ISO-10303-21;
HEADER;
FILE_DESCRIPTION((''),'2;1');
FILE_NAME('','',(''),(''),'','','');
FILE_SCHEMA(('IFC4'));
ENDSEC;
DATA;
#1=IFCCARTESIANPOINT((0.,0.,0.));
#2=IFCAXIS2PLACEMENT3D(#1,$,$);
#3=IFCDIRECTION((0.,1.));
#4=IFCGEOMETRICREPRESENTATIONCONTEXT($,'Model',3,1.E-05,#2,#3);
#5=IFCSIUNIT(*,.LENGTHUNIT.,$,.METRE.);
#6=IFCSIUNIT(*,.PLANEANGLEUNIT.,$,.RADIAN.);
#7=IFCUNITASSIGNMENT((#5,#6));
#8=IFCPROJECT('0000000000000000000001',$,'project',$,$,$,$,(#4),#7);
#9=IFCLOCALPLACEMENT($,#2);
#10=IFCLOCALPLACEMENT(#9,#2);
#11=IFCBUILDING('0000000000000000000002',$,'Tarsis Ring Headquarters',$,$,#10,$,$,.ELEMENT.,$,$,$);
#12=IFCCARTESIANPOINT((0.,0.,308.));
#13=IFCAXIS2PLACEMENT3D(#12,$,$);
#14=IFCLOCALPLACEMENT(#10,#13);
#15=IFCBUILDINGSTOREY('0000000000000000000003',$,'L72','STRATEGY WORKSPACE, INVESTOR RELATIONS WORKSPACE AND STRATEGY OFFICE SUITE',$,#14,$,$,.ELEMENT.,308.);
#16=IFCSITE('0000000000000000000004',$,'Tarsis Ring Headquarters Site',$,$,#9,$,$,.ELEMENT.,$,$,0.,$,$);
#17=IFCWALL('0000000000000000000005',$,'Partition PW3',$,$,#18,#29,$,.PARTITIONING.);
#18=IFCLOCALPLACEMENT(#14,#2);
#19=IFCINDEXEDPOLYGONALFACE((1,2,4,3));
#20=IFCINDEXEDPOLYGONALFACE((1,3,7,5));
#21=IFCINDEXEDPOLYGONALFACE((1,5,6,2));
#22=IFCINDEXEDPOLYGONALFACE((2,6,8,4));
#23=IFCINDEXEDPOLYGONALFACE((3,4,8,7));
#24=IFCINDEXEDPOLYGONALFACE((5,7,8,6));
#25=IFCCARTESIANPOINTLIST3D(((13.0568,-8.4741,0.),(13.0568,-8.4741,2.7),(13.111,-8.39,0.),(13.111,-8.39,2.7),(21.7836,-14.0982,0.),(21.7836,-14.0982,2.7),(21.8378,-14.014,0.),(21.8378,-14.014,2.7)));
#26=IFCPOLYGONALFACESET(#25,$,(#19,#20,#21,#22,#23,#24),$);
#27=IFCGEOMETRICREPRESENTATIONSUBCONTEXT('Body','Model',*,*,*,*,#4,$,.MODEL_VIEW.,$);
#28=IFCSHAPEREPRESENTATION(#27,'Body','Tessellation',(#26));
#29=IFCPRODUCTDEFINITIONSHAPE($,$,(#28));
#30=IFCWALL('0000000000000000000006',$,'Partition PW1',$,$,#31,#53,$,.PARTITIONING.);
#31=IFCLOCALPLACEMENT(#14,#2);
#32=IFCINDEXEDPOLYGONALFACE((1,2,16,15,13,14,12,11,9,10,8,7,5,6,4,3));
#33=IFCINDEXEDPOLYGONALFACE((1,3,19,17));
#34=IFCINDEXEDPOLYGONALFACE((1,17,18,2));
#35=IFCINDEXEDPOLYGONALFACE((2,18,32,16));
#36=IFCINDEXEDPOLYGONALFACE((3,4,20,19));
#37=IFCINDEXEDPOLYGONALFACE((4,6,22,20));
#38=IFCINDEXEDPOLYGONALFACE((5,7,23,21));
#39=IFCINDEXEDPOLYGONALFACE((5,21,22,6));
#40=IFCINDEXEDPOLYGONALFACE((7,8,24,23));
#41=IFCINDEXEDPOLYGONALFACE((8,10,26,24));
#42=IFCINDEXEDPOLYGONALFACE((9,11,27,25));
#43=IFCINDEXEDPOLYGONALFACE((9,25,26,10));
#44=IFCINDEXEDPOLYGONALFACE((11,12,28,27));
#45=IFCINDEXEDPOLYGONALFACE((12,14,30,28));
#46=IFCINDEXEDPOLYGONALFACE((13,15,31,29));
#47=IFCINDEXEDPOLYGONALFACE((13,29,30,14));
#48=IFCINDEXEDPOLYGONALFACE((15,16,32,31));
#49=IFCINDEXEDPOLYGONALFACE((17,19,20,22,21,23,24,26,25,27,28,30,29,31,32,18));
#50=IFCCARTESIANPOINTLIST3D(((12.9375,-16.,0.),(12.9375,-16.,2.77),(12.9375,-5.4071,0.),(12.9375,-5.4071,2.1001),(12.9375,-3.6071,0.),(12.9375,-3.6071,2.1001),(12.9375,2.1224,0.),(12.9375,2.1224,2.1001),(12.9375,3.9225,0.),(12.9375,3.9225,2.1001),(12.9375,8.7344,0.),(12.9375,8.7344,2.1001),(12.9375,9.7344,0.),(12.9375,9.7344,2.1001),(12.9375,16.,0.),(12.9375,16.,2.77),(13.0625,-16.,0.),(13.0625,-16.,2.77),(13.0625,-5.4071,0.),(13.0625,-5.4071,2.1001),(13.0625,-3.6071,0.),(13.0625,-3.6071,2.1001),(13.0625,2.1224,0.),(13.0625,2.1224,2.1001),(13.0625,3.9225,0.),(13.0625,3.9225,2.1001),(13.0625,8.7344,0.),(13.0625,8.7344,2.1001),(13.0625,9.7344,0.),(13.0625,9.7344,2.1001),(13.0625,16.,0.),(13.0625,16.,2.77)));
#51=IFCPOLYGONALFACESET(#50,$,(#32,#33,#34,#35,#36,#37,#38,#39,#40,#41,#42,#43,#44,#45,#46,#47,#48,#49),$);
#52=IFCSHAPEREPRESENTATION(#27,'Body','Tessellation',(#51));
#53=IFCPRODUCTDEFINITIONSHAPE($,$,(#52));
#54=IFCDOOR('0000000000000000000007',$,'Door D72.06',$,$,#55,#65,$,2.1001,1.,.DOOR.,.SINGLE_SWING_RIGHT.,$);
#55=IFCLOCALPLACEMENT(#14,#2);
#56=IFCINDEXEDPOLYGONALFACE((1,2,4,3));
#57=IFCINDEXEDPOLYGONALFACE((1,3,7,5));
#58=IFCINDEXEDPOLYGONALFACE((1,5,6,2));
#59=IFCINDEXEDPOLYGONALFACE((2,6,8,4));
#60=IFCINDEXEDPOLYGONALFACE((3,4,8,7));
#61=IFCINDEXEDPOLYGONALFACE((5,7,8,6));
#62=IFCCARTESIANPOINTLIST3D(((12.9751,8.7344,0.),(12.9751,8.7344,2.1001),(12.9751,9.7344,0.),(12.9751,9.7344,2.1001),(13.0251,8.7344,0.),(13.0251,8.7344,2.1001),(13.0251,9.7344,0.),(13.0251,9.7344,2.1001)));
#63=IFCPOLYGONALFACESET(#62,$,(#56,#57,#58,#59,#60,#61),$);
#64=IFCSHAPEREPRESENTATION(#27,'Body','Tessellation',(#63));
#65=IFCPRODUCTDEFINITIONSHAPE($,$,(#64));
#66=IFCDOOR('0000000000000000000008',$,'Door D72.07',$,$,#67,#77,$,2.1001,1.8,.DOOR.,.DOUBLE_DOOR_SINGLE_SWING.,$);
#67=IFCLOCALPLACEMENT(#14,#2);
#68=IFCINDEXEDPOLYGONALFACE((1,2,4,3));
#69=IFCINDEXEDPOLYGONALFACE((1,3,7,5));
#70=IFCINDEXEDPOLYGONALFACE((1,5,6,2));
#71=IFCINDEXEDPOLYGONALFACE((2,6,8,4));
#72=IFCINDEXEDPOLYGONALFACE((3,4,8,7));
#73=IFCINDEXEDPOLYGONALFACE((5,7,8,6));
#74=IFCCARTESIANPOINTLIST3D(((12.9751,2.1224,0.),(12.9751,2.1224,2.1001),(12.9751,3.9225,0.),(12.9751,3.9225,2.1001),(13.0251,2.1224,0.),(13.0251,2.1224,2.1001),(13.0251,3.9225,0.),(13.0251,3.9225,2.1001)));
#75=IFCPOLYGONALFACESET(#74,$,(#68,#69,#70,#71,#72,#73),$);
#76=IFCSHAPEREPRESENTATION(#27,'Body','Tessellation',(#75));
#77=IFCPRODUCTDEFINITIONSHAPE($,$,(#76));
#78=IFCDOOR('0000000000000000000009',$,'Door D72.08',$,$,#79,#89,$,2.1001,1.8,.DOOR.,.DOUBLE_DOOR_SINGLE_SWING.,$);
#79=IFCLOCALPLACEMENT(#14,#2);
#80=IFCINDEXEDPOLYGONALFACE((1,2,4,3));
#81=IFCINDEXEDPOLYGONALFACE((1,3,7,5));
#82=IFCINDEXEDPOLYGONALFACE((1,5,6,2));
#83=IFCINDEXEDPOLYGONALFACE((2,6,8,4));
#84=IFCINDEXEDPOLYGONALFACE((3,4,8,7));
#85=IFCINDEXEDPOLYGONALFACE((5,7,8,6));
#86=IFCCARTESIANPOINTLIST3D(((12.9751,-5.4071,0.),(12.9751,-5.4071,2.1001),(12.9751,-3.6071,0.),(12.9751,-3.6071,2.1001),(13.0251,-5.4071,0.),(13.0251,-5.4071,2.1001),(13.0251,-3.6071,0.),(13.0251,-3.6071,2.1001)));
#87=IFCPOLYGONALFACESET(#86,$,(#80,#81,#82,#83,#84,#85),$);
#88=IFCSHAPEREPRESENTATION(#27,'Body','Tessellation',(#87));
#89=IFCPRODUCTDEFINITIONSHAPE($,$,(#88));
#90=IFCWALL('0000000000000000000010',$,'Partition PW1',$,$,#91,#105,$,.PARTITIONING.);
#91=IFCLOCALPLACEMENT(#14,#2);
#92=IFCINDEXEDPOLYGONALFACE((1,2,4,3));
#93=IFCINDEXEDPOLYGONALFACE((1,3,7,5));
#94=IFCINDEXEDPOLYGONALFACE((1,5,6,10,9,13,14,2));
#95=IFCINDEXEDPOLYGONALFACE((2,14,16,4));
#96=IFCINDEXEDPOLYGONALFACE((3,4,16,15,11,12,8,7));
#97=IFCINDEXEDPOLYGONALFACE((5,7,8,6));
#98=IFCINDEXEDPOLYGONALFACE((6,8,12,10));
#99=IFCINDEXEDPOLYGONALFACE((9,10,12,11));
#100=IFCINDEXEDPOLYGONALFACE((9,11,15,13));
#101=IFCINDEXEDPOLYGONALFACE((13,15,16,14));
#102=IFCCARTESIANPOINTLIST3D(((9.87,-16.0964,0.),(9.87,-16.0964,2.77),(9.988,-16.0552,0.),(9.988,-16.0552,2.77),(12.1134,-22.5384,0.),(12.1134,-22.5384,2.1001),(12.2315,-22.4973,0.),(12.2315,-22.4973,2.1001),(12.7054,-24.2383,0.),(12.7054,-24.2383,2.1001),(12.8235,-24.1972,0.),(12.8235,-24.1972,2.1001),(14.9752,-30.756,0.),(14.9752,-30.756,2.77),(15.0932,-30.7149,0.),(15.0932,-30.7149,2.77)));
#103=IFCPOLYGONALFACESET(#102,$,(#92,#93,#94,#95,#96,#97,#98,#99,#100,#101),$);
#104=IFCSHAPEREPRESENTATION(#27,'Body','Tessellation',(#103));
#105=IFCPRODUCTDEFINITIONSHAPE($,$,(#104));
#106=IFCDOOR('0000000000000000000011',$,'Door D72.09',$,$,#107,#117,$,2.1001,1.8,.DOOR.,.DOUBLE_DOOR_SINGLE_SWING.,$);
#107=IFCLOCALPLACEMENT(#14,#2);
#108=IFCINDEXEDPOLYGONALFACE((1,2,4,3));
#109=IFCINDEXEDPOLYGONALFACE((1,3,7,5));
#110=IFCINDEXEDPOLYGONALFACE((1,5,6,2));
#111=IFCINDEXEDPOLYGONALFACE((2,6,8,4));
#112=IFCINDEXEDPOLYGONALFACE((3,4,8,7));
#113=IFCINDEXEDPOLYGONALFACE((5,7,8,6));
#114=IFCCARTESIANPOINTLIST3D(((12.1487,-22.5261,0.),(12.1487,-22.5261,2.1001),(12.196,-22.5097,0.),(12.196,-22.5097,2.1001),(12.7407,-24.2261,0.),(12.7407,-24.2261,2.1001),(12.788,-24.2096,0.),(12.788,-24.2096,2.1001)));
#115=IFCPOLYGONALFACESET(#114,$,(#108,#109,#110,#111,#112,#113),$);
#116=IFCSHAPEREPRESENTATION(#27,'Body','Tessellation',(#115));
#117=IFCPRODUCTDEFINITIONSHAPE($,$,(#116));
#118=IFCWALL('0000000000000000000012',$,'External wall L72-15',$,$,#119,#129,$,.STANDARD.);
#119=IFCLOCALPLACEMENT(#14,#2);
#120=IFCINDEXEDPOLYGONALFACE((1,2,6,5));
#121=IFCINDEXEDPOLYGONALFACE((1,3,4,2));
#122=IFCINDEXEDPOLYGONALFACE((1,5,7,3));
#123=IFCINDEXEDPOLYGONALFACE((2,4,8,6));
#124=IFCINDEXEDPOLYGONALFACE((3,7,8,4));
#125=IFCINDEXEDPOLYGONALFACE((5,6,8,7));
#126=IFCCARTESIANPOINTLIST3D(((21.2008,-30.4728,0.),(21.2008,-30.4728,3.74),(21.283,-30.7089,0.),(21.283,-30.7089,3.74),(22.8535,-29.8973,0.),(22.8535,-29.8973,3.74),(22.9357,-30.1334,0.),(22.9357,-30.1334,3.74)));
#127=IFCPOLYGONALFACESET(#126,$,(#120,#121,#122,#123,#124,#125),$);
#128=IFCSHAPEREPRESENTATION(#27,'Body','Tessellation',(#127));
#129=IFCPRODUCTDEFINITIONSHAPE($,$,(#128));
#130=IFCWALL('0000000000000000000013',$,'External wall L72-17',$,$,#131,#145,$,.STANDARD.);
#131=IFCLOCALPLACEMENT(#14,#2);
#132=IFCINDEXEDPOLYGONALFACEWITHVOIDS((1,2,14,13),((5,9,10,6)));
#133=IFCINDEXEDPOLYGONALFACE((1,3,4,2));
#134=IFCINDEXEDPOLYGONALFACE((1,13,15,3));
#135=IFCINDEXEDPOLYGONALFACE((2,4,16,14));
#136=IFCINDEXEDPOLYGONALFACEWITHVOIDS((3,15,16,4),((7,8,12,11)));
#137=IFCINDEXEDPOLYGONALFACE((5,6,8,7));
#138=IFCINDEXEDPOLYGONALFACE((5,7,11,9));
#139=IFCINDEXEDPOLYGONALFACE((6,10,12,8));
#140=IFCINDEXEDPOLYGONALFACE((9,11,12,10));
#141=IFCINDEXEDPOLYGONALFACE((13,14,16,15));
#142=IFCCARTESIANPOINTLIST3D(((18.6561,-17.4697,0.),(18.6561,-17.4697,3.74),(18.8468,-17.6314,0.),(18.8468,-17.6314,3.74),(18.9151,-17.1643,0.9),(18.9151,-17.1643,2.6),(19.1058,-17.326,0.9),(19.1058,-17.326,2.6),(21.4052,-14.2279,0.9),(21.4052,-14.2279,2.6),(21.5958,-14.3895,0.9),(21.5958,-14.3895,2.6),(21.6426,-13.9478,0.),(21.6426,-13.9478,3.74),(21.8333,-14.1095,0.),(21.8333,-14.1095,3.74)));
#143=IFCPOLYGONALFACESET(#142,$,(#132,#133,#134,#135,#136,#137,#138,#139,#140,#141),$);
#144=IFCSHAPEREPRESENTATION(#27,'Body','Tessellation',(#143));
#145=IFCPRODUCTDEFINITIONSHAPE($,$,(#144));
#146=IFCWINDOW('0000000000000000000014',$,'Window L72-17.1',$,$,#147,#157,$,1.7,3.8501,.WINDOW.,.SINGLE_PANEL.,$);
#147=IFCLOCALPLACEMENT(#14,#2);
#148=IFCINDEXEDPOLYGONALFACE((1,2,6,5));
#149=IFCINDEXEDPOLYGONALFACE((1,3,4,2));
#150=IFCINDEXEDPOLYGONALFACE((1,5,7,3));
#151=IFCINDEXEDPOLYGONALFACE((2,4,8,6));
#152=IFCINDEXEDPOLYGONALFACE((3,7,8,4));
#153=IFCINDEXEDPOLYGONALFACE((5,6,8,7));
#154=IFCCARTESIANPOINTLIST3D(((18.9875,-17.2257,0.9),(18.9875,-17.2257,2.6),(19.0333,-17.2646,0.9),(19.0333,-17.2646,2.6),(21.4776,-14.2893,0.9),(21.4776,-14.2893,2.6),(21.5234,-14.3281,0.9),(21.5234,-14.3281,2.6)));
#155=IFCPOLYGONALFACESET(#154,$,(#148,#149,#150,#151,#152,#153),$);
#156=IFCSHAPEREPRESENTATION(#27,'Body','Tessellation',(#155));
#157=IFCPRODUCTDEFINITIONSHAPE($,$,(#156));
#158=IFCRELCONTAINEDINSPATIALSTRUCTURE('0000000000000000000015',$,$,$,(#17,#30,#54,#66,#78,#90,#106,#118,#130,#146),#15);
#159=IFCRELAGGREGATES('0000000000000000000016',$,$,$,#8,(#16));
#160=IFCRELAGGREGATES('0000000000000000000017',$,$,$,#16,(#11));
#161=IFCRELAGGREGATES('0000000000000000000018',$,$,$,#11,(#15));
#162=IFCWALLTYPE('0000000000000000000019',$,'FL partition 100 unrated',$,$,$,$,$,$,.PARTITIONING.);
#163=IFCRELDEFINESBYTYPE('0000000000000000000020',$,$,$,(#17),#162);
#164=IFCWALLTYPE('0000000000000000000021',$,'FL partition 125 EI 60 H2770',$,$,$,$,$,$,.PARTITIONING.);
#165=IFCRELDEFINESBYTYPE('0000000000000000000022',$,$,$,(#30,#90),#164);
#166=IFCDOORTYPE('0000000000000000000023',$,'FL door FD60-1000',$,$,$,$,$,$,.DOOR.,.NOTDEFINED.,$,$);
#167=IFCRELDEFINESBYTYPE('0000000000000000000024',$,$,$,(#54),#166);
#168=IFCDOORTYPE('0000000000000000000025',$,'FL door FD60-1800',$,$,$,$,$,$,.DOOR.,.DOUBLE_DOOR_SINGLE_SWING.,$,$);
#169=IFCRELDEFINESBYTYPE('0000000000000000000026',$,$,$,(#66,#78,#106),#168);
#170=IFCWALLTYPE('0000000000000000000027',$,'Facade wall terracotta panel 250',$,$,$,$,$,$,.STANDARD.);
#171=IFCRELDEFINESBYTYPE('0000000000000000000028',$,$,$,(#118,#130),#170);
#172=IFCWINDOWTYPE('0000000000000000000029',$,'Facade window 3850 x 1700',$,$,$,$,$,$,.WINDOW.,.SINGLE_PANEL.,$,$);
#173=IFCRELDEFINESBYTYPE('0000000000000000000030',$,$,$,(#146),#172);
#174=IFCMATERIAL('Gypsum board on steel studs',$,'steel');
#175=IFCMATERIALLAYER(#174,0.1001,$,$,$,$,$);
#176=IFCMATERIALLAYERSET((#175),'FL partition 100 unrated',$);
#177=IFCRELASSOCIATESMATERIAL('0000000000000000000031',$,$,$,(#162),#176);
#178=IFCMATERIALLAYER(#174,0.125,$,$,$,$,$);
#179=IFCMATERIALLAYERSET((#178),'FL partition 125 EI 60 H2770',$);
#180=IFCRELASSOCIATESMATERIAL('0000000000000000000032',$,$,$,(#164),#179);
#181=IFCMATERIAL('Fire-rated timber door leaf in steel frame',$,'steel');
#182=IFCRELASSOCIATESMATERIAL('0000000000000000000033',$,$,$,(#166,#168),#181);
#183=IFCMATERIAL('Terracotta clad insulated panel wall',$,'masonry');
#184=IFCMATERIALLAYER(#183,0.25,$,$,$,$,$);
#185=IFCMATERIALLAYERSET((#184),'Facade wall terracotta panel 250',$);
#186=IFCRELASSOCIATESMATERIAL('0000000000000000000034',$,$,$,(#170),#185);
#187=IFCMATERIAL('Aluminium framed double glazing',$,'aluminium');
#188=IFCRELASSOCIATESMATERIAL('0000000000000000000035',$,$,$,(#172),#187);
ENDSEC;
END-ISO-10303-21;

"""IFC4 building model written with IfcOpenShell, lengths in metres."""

from ifc_helpers import new_model, si_unit, direction, frame, frame_2d, origin, place, context, subcontext, project, spatial, rectangle, extrude, material, layer, layer_set, type_object, element, fill, save


model = new_model("IFC4")

# Units and contexts
model_context = context("Model", 3, precision=1e-05, world=origin(), true_north=direction((0.0, 1.0)))
body_context = subcontext(model_context, "Body", "Model", "MODEL_VIEW")
ifc_project = project(units=[si_unit("LENGTHUNIT", "METRE"), si_unit("PLANEANGLEUNIT", "RADIAN")], contexts=[model_context])

# Site, building, storey
site_placement = place(None, origin())
site = spatial("IfcSite", under=ifc_project, at=site_placement, Name="Tarsis Ring Headquarters Site", CompositionType="ELEMENT", RefElevation=0.0)
building_placement = place(site_placement, origin())
building = spatial("IfcBuilding", under=site, at=building_placement, Name="Tarsis Ring Headquarters", CompositionType="ELEMENT")
storey_placement = place(building_placement, frame((0.0, 0.0, 308.0)))
storey = spatial("IfcBuildingStorey", under=building, at=storey_placement, Name="L72", Description="STRATEGY WORKSPACE, INVESTOR RELATIONS WORKSPACE AND STRATEGY OFFICE SUITE", CompositionType="ELEMENT", Elevation=308.0)

# Wall
ifc_material_1 = material(Name="Gypsum board on steel studs", Category="steel")
ifc_layer_1 = layer(ifc_material_1, 0.1001)
ifc_layer_set_1 = layer_set([ifc_layer_1], Name="FL partition 100 unrated")
wall_type_1 = type_object("IfcWallType", Name="FL partition 100 unrated", PredefinedType="PARTITIONING", material=ifc_layer_set_1)
wall_1_placement = place(storey_placement, frame((13.084, -8.4321, 0.0), z_axis=(0.0, 0.0, 1.0), x_axis=(0.840567, -0.541707, 0.0)))
element("IfcWall", 1, at=wall_1_placement, inside=storey, type_object=wall_type_1, Name="Partition PW3", PredefinedType="PARTITIONING", context=body_context, shape_type="SweptSolid", body=[
    extrude(rectangle(XDim=10.3821, YDim=0.1001, at=frame_2d((5.1909, 0.0))), origin(), (0.0, 0.0, 1.0), 2.7),
])

# Wall, openings, doors
ifc_layer_2 = layer(ifc_material_1, 0.125)
ifc_layer_set_2 = layer_set([ifc_layer_2], Name="FL partition 125 EI 60 H2770")
wall_type_2 = type_object("IfcWallType", Name="FL partition 125 EI 60 H2770", PredefinedType="PARTITIONING", material=ifc_layer_set_2)
wall_2_placement = place(storey_placement, frame((13.0, -16.0, 0.0), z_axis=(0.0, 0.0, 1.0), x_axis=(0.0, 1.0, 0.0)))
wall_2 = element("IfcWall", 2, at=wall_2_placement, inside=storey, type_object=wall_type_2, Name="Partition PW1", PredefinedType="PARTITIONING", context=body_context, shape_type="SweptSolid", body=[
    extrude(rectangle(XDim=32.0, YDim=0.125, at=frame_2d((16.0, 0.0))), origin(), (0.0, 0.0, 1.0), 2.77),
])
opening_1_placement = place(wall_2_placement, frame((24.7344, 0.0, 0.0)))
opening_1 = element("IfcOpeningElement", 3, at=opening_1_placement, cuts=wall_2, PredefinedType="OPENING", context=body_context, shape_type="SweptSolid", body=[
    extrude(rectangle(XDim=1.0, YDim=2.1001, at=frame_2d((0.5, 1.05))), frame((0.0, 0.0725, 0.0), z_axis=(0.0, -1.0, 0.0), x_axis=(1.0, 0.0, 0.0)), (0.0, 0.0, 1.0), 0.145),
])
opening_2_placement = place(wall_2_placement, frame((18.1226, 0.0, 0.0)))
opening_2 = element("IfcOpeningElement", 4, at=opening_2_placement, cuts=wall_2, PredefinedType="OPENING", context=body_context, shape_type="SweptSolid", body=[
    extrude(rectangle(XDim=1.8, YDim=2.1001, at=frame_2d((0.8999, 1.05))), frame((0.0, 0.0725, 0.0), z_axis=(0.0, -1.0, 0.0), x_axis=(1.0, 0.0, 0.0)), (0.0, 0.0, 1.0), 0.145),
])
opening_3_placement = place(wall_2_placement, frame((10.593, 0.0, 0.0)))
opening_3 = element("IfcOpeningElement", 5, at=opening_3_placement, cuts=wall_2, PredefinedType="OPENING", context=body_context, shape_type="SweptSolid", body=[
    extrude(rectangle(XDim=1.8, YDim=2.1001, at=frame_2d((0.8999, 1.05))), frame((0.0, 0.0725, 0.0), z_axis=(0.0, -1.0, 0.0), x_axis=(1.0, 0.0, 0.0)), (0.0, 0.0, 1.0), 0.145),
])
ifc_material_2 = material(Name="Fire-rated timber door leaf in steel frame", Category="steel")
door_type_1 = type_object("IfcDoorType", Name="FL door FD60-1000", OperationType="NOTDEFINED", PredefinedType="DOOR", material=ifc_material_2)
door_1_placement = place(opening_1_placement, origin())
door_1 = element("IfcDoor", 6, at=door_1_placement, inside=storey, type_object=door_type_1, Name="Door D72.06", OperationType="SINGLE_SWING_RIGHT", OverallHeight=2.1001, OverallWidth=1.0, PredefinedType="DOOR", context=body_context, shape_type="SweptSolid", body=[
    extrude(rectangle(XDim=1.0, YDim=2.1001, at=frame_2d((0.5, 1.05))), frame((0.0, 0.0249, 0.0), z_axis=(0.0, -1.0, 0.0), x_axis=(1.0, 0.0, 0.0)), (0.0, 0.0, 1.0), 0.05),
])
fill(opening_1, door_1)
door_type_2 = type_object("IfcDoorType", Name="FL door FD60-1800", OperationType="DOUBLE_DOOR_SINGLE_SWING", PredefinedType="DOOR", material=ifc_material_2)
door_2_placement = place(opening_2_placement, origin())
door_2 = element("IfcDoor", 7, at=door_2_placement, inside=storey, type_object=door_type_2, Name="Door D72.07", OperationType="DOUBLE_DOOR_SINGLE_SWING", OverallHeight=2.1001, OverallWidth=1.8, PredefinedType="DOOR", context=body_context, shape_type="SweptSolid", body=[
    extrude(rectangle(XDim=1.8, YDim=2.1001, at=frame_2d((0.8999, 1.05))), frame((0.0, 0.0249, 0.0), z_axis=(0.0, -1.0, 0.0), x_axis=(1.0, 0.0, 0.0)), (0.0, 0.0, 1.0), 0.05),
])
fill(opening_2, door_2)
door_3_placement = place(opening_3_placement, origin())
door_3 = element("IfcDoor", 8, at=door_3_placement, inside=storey, type_object=door_type_2, Name="Door D72.08", OperationType="DOUBLE_DOOR_SINGLE_SWING", OverallHeight=2.1001, OverallWidth=1.8, PredefinedType="DOOR", context=body_context, shape_type="SweptSolid", body=[
    extrude(rectangle(XDim=1.8, YDim=2.1001, at=frame_2d((0.8999, 1.05))), frame((0.0, 0.0249, 0.0), z_axis=(0.0, -1.0, 0.0), x_axis=(1.0, 0.0, 0.0)), (0.0, 0.0, 1.0), 0.05),
])
fill(opening_3, door_3)

# Wall, opening, door
wall_3_placement = place(storey_placement, frame((9.929, -16.0757, 0.0), z_axis=(0.0, 0.0, 1.0), x_axis=(0.328877, -0.944373, 0.0)))
wall_3 = element("IfcWall", 9, at=wall_3_placement, inside=storey, type_object=wall_type_2, Name="Partition PW1", PredefinedType="PARTITIONING", context=body_context, shape_type="SweptSolid", body=[
    extrude(rectangle(XDim=15.5232, YDim=0.125, at=frame_2d((7.7617, 0.0))), origin(), (0.0, 0.0, 1.0), 2.77),
])
opening_4_placement = place(wall_3_placement, frame((6.8218, 0.0, 0.0)))
opening_4 = element("IfcOpeningElement", 10, at=opening_4_placement, cuts=wall_3, PredefinedType="OPENING", context=body_context, shape_type="SweptSolid", body=[
    extrude(rectangle(XDim=1.8, YDim=2.1001, at=frame_2d((0.8999, 1.05))), frame((0.0, 0.0725, 0.0), z_axis=(0.0, -1.0, 0.0), x_axis=(1.0, 0.0, 0.0)), (0.0, 0.0, 1.0), 0.145),
])
door_4_placement = place(opening_4_placement, origin())
door_4 = element("IfcDoor", 11, at=door_4_placement, inside=storey, type_object=door_type_2, Name="Door D72.09", OperationType="DOUBLE_DOOR_SINGLE_SWING", OverallHeight=2.1001, OverallWidth=1.8, PredefinedType="DOOR", context=body_context, shape_type="SweptSolid", body=[
    extrude(rectangle(XDim=1.8, YDim=2.1001, at=frame_2d((0.8999, 1.05))), frame((0.0, 0.0249, 0.0), z_axis=(0.0, -1.0, 0.0), x_axis=(1.0, 0.0, 0.0)), (0.0, 0.0, 1.0), 0.05),
])
fill(opening_4, door_4)

# Wall
ifc_material_3 = material(Name="Terracotta clad insulated panel wall", Category="masonry")
ifc_layer_3 = layer(ifc_material_3, 0.25)
ifc_layer_set_3 = layer_set([ifc_layer_3], Name="Facade wall terracotta panel 250")
wall_type_3 = type_object("IfcWallType", Name="Facade wall terracotta panel 250", PredefinedType="STANDARD", material=ifc_layer_set_3)
wall_4_placement = place(storey_placement, frame((21.2419, -30.5908, 0.0), z_axis=(0.0, 0.0, 1.0), x_axis=(0.944386, 0.32884, 0.0)))
element("IfcWall", 12, at=wall_4_placement, inside=storey, type_object=wall_type_3, Name="External wall L72-15", PredefinedType="STANDARD", context=body_context, shape_type="SweptSolid", body=[
    extrude(rectangle(XDim=1.75, YDim=0.25, at=frame_2d((0.875, 0.0))), origin(), (0.0, 0.0, 1.0), 3.74),
])

# Wall, opening, window
wall_5_placement = place(storey_placement, frame((18.7515, -17.5505, 0.0), z_axis=(0.0, 0.0, 1.0), x_axis=(0.646755, 0.762698, 0.0)))
wall_5 = element("IfcWall", 13, at=wall_5_placement, inside=storey, type_object=wall_type_3, Name="External wall L72-17", PredefinedType="STANDARD", context=body_context, shape_type="SweptSolid", body=[
    extrude(rectangle(XDim=4.6177, YDim=0.25, at=frame_2d((2.3088, 0.0))), origin(), (0.0, 0.0, 1.0), 3.74),
])
opening_5_placement = place(wall_5_placement, frame((0.4004, 0.0, 0.8999)))
opening_5 = element("IfcOpeningElement", 14, at=opening_5_placement, cuts=wall_5, PredefinedType="OPENING", context=body_context, shape_type="SweptSolid", body=[
    extrude(rectangle(XDim=3.8501, YDim=1.7, at=frame_2d((1.925, 0.8501))), frame((0.0, 0.135, 0.0), z_axis=(0.0, -1.0, 0.0), x_axis=(1.0, 0.0, 0.0)), (0.0, 0.0, 1.0), 0.27),
])
ifc_material_4 = material(Name="Aluminium framed double glazing", Category="aluminium")
window_type_1 = type_object("IfcWindowType", Name="Facade window 3850 x 1700", PartitioningType="SINGLE_PANEL", PredefinedType="WINDOW", material=ifc_material_4)
window_1_placement = place(opening_5_placement, origin())
window_1 = element("IfcWindow", 15, at=window_1_placement, inside=storey, type_object=window_type_1, Name="Window L72-17.1", OverallHeight=1.7, OverallWidth=3.8501, PartitioningType="SINGLE_PANEL", PredefinedType="WINDOW", context=body_context, shape_type="SweptSolid", body=[
    extrude(rectangle(XDim=3.8501, YDim=1.7, at=frame_2d((1.925, 0.8501))), frame((0.0, 0.03, 0.0), z_axis=(0.0, -1.0, 0.0), x_axis=(1.0, 0.0, 0.0)), (0.0, 0.0, 1.0), 0.0601),
])
fill(opening_5, window_1)

save(model, "model.ifc")
